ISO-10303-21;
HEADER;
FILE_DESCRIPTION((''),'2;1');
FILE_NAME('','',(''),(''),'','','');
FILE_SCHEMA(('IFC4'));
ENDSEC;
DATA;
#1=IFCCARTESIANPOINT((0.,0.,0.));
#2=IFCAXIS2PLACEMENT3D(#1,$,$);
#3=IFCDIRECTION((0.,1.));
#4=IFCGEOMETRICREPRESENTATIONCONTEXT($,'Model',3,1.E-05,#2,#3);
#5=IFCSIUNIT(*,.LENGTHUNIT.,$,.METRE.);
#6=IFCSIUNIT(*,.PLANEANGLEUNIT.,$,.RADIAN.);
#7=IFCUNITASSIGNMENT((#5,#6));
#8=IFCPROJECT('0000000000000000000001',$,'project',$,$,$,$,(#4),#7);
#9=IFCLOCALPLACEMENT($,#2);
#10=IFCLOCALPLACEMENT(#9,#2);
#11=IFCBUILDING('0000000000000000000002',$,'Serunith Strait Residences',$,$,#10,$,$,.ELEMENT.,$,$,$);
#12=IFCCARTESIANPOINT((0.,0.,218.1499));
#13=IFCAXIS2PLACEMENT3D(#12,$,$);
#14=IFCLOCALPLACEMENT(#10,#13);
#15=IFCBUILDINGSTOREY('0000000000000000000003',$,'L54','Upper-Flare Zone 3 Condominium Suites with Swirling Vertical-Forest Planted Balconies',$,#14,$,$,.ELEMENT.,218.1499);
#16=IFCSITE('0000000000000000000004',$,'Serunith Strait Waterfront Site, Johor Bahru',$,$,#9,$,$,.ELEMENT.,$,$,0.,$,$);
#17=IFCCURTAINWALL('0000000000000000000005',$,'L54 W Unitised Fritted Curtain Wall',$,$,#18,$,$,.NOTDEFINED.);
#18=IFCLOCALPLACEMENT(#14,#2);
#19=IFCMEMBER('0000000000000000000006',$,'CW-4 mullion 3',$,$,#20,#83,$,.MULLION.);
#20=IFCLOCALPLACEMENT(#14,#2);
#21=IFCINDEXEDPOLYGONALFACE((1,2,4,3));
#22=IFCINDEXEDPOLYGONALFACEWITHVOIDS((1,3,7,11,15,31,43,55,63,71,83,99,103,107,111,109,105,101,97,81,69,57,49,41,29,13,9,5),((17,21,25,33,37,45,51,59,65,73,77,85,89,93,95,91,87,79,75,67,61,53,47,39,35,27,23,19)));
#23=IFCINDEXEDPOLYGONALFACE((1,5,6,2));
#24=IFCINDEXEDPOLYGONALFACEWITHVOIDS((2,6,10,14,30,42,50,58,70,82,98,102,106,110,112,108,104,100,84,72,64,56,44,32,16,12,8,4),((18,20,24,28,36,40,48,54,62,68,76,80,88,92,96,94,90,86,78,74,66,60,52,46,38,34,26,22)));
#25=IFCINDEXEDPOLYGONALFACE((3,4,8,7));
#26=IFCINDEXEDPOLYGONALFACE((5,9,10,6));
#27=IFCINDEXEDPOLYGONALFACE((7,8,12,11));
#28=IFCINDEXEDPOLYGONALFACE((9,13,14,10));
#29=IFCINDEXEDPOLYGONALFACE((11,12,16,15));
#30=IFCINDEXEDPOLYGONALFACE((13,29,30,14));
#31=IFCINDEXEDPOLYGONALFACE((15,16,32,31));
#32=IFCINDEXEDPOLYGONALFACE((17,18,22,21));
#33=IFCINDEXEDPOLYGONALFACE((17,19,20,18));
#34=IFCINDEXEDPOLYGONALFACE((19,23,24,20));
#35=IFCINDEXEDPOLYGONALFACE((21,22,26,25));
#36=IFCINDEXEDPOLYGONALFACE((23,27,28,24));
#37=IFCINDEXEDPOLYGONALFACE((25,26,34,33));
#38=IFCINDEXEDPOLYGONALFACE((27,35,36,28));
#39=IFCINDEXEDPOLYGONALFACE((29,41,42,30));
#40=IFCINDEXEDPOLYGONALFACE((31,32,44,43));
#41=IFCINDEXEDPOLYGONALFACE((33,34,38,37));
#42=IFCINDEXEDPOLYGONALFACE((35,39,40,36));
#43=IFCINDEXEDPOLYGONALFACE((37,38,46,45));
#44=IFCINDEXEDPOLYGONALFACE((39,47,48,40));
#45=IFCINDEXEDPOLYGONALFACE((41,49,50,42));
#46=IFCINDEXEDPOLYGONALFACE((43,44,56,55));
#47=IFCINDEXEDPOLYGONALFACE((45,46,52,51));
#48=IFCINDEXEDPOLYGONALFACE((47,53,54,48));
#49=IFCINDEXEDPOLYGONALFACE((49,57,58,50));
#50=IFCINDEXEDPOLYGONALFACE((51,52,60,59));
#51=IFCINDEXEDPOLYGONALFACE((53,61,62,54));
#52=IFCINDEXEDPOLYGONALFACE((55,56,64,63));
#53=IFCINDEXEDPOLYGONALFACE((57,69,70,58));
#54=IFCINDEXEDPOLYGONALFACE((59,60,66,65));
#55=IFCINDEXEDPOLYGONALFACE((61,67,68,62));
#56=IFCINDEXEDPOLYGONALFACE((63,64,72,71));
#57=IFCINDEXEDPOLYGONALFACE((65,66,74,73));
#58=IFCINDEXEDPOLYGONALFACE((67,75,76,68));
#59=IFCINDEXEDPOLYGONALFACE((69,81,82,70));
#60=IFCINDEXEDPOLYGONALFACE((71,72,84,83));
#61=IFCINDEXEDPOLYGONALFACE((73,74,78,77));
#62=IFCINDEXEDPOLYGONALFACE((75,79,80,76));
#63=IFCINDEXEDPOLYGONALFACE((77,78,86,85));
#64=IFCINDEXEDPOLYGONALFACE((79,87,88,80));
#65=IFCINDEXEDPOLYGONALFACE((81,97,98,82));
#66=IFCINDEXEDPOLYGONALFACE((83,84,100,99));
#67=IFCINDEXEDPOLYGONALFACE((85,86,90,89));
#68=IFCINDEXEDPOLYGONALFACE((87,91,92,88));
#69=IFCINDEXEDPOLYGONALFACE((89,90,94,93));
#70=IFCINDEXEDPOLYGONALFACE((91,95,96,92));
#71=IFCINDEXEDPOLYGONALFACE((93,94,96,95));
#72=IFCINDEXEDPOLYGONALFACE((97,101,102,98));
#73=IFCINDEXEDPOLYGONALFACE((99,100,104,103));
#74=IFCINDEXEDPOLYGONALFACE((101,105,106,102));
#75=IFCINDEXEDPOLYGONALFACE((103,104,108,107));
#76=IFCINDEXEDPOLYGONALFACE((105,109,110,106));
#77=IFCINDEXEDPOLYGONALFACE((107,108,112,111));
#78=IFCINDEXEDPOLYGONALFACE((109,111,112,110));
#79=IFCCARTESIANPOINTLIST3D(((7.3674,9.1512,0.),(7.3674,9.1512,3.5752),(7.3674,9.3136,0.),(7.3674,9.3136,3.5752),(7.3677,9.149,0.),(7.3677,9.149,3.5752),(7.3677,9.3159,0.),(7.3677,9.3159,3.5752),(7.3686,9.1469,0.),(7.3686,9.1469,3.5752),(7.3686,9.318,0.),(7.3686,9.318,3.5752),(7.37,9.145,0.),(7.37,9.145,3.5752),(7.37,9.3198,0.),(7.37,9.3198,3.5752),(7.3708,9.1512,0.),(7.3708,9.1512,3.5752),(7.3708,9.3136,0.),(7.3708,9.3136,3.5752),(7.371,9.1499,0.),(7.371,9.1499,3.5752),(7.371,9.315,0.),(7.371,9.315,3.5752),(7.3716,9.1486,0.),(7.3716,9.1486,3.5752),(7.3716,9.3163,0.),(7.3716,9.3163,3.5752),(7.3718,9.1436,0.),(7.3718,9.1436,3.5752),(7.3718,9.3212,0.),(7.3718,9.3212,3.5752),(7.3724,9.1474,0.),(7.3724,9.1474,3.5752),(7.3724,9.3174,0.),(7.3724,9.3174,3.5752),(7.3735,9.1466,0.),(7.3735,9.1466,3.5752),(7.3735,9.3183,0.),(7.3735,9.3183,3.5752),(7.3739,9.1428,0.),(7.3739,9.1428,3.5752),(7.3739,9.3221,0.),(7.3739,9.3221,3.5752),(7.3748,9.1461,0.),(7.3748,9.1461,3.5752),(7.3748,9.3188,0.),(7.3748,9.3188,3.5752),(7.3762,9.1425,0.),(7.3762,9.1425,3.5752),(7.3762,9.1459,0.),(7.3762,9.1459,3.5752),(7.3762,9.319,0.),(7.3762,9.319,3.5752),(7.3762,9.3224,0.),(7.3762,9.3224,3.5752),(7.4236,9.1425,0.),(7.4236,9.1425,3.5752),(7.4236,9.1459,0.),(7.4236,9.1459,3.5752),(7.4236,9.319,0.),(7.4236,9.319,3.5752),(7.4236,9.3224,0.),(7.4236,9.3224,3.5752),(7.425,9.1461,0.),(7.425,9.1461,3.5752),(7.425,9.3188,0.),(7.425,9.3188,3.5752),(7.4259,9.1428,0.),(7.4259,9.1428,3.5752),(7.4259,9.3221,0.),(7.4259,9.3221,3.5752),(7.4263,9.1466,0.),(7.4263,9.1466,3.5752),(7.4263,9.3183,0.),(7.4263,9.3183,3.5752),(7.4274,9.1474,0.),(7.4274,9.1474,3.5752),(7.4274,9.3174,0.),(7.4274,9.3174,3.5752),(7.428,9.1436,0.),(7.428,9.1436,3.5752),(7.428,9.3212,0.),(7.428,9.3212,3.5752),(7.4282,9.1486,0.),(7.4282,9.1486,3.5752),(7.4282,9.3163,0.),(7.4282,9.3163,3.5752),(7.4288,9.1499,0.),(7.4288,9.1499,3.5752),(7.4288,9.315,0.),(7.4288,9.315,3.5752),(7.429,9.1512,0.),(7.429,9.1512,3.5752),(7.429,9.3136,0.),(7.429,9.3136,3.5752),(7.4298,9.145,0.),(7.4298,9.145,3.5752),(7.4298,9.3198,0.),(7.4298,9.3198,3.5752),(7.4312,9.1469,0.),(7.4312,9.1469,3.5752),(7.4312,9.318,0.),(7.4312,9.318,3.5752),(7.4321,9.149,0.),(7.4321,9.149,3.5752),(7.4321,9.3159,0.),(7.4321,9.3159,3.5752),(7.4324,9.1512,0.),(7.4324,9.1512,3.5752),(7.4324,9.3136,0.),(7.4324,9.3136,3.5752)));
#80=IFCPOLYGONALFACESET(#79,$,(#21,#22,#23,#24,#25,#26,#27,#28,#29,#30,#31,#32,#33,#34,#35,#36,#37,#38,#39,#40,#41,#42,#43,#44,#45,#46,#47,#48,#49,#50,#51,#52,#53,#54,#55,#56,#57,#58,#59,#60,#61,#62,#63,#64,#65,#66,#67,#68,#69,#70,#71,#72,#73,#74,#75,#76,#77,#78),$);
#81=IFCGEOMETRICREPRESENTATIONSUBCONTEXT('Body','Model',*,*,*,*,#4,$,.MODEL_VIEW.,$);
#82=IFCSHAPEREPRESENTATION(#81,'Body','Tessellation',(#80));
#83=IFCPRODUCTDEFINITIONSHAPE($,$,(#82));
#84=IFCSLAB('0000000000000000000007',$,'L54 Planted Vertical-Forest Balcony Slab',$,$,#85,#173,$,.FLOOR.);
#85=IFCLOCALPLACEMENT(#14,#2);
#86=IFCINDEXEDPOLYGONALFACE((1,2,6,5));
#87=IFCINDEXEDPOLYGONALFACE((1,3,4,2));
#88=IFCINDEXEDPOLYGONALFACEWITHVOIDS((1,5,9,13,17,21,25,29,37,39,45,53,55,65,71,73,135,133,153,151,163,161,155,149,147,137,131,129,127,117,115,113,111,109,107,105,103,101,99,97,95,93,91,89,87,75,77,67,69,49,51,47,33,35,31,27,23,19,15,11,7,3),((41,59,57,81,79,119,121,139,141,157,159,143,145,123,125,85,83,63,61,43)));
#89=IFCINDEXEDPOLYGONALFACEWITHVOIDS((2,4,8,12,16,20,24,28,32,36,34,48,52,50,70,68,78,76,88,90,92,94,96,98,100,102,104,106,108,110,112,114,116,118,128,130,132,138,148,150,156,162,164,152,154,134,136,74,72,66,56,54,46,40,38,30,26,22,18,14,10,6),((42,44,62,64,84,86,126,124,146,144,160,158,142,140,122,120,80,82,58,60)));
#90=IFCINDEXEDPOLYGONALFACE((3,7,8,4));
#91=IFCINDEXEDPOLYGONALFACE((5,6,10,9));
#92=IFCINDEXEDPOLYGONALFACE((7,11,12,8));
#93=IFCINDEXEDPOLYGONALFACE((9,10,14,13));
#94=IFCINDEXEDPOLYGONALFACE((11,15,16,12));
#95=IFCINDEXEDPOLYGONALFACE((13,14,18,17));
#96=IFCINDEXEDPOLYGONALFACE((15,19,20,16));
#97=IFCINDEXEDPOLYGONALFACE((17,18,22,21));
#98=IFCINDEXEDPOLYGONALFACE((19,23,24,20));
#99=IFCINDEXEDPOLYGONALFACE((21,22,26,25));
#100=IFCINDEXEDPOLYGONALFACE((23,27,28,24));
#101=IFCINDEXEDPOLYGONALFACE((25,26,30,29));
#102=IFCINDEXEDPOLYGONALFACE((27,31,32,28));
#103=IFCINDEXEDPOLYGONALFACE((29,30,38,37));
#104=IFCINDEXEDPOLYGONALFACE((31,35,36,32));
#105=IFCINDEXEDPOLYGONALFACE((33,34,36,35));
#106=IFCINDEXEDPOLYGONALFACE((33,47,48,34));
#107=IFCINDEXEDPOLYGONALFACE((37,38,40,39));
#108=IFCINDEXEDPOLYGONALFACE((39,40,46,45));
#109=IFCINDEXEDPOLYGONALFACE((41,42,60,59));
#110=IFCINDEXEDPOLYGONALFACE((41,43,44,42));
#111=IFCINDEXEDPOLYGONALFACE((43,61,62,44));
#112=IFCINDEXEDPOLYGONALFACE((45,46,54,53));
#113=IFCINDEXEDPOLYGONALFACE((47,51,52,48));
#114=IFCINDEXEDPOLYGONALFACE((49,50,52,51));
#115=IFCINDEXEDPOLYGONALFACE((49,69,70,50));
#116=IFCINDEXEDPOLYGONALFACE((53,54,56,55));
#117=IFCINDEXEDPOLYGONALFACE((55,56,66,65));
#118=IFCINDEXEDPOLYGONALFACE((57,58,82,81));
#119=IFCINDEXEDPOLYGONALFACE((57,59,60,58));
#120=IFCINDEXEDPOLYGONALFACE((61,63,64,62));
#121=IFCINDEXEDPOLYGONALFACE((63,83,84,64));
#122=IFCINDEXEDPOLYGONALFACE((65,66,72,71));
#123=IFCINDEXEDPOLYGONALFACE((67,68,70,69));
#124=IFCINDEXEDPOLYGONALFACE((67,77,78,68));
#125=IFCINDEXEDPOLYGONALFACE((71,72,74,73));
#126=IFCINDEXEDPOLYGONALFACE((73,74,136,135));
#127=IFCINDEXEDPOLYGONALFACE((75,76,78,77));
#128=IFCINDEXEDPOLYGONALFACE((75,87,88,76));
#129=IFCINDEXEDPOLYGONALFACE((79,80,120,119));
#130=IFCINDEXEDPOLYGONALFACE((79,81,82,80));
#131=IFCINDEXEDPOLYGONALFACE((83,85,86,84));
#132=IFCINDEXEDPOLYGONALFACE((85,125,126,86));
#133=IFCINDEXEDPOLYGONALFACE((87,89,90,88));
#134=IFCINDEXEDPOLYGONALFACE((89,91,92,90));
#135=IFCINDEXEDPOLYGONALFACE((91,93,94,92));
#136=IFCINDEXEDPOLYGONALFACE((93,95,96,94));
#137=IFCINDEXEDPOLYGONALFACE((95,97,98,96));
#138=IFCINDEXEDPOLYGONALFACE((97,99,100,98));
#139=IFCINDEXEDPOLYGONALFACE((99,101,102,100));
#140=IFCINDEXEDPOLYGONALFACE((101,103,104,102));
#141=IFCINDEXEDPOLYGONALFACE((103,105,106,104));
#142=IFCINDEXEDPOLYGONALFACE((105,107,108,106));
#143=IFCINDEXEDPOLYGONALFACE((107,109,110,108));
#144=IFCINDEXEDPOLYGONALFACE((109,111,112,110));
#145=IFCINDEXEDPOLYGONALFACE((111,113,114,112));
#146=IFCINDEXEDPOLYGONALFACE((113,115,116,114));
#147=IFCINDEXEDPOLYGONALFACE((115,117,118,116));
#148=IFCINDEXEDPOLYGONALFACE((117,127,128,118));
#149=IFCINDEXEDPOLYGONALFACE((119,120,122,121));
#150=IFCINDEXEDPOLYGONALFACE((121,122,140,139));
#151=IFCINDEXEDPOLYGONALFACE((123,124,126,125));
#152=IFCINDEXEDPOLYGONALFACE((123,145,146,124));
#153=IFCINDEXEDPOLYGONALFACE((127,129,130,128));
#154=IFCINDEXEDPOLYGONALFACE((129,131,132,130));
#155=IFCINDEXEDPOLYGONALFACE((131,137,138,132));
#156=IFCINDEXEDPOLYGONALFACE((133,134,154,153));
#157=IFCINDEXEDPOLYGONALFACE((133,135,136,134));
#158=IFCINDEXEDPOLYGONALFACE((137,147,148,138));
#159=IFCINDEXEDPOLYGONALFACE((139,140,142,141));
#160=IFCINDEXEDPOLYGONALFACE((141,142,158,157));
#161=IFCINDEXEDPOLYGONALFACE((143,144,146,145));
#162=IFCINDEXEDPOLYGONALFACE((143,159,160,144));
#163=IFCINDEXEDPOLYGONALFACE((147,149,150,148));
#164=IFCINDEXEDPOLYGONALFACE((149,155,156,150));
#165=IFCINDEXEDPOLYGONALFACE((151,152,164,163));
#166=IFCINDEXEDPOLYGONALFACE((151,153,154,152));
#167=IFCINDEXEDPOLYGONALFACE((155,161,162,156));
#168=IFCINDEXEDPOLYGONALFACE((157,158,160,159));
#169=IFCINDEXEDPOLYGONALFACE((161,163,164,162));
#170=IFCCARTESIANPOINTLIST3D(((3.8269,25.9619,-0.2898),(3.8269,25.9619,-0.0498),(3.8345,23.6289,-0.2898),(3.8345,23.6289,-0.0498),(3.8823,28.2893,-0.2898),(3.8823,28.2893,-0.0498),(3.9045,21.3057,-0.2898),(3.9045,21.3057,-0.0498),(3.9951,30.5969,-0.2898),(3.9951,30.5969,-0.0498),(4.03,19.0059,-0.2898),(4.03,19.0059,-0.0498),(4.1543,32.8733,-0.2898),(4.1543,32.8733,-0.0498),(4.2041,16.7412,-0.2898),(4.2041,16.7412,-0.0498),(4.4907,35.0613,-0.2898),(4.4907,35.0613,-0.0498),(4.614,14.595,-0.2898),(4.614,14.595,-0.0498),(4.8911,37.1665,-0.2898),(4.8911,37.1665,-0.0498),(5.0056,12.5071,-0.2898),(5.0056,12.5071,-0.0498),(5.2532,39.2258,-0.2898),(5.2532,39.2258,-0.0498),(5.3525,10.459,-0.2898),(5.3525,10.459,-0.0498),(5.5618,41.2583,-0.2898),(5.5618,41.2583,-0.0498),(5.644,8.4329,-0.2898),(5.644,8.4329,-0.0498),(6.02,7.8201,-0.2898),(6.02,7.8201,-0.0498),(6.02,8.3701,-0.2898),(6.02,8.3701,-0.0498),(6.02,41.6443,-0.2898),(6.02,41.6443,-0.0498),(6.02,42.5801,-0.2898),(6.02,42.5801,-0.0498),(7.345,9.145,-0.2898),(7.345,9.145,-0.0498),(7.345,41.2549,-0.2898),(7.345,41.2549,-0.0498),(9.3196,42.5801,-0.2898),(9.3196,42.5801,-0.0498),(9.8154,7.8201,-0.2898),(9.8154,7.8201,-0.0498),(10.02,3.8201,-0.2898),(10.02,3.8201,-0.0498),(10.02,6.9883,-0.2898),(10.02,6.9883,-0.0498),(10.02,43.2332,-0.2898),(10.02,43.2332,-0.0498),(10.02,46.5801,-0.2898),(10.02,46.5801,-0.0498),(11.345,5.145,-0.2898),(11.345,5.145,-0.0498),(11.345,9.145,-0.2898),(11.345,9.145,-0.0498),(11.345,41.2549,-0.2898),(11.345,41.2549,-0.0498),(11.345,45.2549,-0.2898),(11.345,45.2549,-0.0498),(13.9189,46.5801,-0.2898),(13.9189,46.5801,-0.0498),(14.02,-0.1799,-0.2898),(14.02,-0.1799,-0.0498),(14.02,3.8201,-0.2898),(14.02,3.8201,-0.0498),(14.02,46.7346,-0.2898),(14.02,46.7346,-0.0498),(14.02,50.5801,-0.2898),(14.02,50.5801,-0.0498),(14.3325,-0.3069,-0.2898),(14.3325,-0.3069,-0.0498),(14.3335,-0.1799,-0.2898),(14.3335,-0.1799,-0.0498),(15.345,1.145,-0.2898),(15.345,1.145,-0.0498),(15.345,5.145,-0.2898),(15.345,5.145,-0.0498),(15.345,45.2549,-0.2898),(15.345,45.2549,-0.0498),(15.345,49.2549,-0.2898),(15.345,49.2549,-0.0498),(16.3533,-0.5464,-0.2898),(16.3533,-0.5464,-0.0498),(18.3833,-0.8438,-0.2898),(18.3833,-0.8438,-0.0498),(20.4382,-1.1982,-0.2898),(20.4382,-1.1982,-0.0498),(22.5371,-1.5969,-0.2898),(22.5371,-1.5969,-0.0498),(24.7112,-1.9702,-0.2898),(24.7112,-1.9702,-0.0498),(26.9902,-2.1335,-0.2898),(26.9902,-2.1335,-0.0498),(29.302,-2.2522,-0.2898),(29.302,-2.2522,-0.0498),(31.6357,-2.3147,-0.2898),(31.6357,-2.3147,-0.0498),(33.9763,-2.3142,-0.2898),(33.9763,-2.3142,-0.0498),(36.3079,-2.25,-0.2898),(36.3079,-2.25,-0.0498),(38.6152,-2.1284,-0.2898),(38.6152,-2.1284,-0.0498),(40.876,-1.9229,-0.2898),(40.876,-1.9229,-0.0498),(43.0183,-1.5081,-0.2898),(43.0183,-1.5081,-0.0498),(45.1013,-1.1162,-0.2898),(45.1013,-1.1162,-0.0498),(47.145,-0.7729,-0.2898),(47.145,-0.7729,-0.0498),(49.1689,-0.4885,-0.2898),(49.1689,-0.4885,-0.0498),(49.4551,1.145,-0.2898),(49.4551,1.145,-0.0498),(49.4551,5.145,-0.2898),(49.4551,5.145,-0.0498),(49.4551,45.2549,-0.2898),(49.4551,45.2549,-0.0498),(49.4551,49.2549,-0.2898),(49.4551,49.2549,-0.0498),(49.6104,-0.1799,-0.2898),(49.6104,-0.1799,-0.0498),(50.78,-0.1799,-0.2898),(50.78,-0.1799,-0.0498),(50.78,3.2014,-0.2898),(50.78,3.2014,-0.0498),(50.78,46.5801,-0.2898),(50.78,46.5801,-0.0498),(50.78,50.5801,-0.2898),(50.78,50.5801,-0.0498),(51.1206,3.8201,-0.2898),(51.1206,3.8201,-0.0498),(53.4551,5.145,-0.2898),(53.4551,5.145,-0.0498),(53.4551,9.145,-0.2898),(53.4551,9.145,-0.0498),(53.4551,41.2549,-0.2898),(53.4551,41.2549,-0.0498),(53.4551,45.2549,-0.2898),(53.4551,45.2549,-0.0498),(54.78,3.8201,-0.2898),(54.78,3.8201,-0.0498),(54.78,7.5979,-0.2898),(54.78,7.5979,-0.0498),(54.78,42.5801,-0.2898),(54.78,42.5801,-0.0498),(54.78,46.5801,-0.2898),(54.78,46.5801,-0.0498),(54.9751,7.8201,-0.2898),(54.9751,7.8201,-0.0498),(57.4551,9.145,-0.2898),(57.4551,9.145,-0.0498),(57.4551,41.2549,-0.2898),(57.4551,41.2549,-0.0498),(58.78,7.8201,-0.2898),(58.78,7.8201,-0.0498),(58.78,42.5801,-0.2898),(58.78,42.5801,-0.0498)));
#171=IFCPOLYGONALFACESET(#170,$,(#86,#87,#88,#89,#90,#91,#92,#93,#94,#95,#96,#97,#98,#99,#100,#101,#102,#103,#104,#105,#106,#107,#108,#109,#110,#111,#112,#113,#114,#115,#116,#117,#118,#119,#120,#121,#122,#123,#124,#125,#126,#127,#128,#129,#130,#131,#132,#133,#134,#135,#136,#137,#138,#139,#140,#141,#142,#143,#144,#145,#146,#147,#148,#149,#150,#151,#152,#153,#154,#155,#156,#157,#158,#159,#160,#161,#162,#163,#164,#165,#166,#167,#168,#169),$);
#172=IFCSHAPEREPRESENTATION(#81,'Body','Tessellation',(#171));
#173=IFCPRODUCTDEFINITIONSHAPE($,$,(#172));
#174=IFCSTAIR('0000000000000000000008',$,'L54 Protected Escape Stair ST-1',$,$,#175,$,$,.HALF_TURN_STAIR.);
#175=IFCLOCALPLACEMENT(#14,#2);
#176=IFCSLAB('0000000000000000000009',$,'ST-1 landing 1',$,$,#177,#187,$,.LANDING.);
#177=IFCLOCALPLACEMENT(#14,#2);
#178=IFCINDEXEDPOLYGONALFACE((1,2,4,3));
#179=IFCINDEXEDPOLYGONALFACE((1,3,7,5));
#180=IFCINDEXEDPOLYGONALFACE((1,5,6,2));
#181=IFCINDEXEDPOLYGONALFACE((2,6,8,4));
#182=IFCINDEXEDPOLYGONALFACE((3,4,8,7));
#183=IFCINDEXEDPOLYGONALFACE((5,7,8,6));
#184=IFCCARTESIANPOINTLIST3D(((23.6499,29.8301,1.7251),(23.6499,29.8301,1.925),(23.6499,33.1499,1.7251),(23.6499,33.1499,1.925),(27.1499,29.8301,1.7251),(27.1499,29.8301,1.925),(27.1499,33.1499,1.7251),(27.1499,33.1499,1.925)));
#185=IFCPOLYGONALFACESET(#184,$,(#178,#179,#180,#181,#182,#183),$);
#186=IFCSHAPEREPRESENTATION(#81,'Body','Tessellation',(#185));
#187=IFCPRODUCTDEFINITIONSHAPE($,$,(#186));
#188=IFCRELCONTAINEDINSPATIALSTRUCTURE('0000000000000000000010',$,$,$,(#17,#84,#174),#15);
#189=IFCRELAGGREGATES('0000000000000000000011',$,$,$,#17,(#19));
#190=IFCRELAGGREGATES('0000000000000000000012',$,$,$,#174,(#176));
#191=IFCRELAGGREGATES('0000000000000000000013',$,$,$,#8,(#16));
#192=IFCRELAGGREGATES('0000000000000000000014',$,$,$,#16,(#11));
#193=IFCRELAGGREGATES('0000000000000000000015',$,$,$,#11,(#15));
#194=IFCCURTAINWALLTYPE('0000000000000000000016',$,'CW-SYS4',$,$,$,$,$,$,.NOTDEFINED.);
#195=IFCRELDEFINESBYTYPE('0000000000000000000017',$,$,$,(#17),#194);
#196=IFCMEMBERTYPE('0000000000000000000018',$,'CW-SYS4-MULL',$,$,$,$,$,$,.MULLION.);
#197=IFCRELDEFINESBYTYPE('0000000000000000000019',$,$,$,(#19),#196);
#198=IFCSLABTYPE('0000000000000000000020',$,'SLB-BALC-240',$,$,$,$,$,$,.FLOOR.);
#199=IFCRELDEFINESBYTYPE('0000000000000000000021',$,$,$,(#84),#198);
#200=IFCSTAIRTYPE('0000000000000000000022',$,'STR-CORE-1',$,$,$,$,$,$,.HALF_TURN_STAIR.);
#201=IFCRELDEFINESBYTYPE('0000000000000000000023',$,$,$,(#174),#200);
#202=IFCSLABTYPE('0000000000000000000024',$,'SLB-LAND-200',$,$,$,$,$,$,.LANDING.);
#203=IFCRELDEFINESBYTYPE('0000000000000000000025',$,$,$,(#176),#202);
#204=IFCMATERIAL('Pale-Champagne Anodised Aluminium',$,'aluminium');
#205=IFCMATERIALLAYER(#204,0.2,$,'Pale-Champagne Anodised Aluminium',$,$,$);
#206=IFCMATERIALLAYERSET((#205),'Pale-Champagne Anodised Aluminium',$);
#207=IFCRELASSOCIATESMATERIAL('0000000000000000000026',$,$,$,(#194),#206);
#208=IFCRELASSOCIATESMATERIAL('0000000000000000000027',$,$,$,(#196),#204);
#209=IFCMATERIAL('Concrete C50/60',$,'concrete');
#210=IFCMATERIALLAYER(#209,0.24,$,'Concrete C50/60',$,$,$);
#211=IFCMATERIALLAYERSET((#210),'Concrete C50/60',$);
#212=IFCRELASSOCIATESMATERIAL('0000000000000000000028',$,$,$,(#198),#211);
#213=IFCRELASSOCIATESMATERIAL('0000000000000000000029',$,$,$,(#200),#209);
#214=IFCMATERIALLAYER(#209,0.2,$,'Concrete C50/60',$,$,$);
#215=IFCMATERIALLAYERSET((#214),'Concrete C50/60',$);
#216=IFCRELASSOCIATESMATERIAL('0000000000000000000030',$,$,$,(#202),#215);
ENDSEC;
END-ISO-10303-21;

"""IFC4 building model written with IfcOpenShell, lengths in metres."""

from ifc_helpers import new_model, si_unit, direction, frame, origin, origin_2d, place, context, subcontext, project, spatial, polyline, hollow_rectangle, outline, extrude, source, transform, mapped, material, layer, layer_set, material_profile, profile_set, type_object, element, aggregate, save


model = new_model("IFC4")

# Units and contexts
model_context = context("Model", 3, precision=1e-05, world=origin(), true_north=direction((0.0, 1.0)))
body_context = subcontext(model_context, "Body", "Model", "MODEL_VIEW")
ifc_project = project(units=[si_unit("LENGTHUNIT", "METRE"), si_unit("PLANEANGLEUNIT", "RADIAN")], contexts=[model_context])

# Site, building, storey
site_placement = place(None, origin())
site = spatial("IfcSite", under=ifc_project, at=site_placement, Name="Serunith Strait Waterfront Site, Johor Bahru", CompositionType="ELEMENT", RefElevation=0.0)
building_placement = place(site_placement, origin())
building = spatial("IfcBuilding", under=site, at=building_placement, Name="Serunith Strait Residences", CompositionType="ELEMENT")
storey_placement = place(building_placement, frame((0.0, 0.0, 218.1499)))
storey = spatial("IfcBuildingStorey", under=building, at=storey_placement, Name="L54", Description="Upper-Flare Zone 3 Condominium Suites with Swirling Vertical-Forest Planted Balconies", CompositionType="ELEMENT", Elevation=218.1499)

# Shared definitions
ifc_material_1 = material(Name="Pale-Champagne Anodised Aluminium", Category="aluminium")
ifc_layer_1 = layer(ifc_material_1, 0.2, Name="Pale-Champagne Anodised Aluminium")
ifc_layer_set_1 = layer_set([ifc_layer_1], Name="Pale-Champagne Anodised Aluminium")
curtain_wall_type = type_object("IfcCurtainWallType", Name="CW-SYS4", PredefinedType="NOTDEFINED", material=ifc_layer_set_1)
ifc_material_profile_1 = material_profile(ifc_material_1, hollow_rectangle(XDim=0.0649, YDim=0.1799, WallThickness=0.0034, InnerFilletRadius=0.0054, OuterFilletRadius=0.0088, at=origin_2d()), Name="ALU 180x65x3.5")
ifc_profile_set_1 = profile_set([ifc_material_profile_1], Name="Pale-Champagne Anodised Aluminium")
member_type_1 = type_object("IfcMemberType", Name="CW-SYS4-MULL", PredefinedType="MULLION", material=ifc_profile_set_1)
shared_shape_1 = source(origin(), body_context, "Body", "SweptSolid", [
    extrude(hollow_rectangle(XDim=0.0649, YDim=0.1799, WallThickness=0.0034, InnerFilletRadius=0.0054, OuterFilletRadius=0.0088, at=origin_2d()), origin(), (0.0, 0.0, 1.0), 3.5752),
])

# Curtain wall, member
curtain_wall_1_placement = place(storey_placement, origin())
curtain_wall_1 = element("IfcCurtainWall", 1, at=curtain_wall_1_placement, inside=storey, type_object=curtain_wall_type, Name="L54 W Unitised Fritted Curtain Wall", PredefinedType="NOTDEFINED")
member_1_placement = place(storey_placement, frame((7.3999, 9.2324, 0.0), z_axis=(0.0, 0.0, 1.0), x_axis=(1.0, 0.0, 0.0)))
member_1 = element("IfcMember", 2, at=member_1_placement, type_object=member_type_1, Name="CW-4 mullion 3", PredefinedType="MULLION", context=body_context, shape_type="MappedRepresentation", body=[
    mapped(shared_shape_1, transform((0.0, 0.0, 0.0), scale=1.0)),
])
aggregate(curtain_wall_1, [member_1])

# Slab
ifc_material_2 = material(Name="Concrete C50/60", Category="concrete")
ifc_layer_2 = layer(ifc_material_2, 0.24, Name="Concrete C50/60")
ifc_layer_set_2 = layer_set([ifc_layer_2], Name="Concrete C50/60")
slab_type_1 = type_object("IfcSlabType", Name="SLB-BALC-240", PredefinedType="FLOOR", material=ifc_layer_set_2)
slab_1_placement = place(storey_placement, frame((0.0, 0.0, -0.2898)))
element("IfcSlab", 3, at=slab_1_placement, inside=storey, type_object=slab_type_1, Name="L54 Planted Vertical-Forest Balcony Slab", PredefinedType="FLOOR", context=body_context, shape_type="SweptSolid", body=[
    extrude(outline(polyline([(14.02, -0.1799), (14.02, 3.8201), (10.02, 3.8201), (10.02, 6.9883), (9.8154, 7.8201), (6.02, 7.8201), (6.02, 8.3701), (5.644, 8.4329), (5.3525, 10.459), (5.0056, 12.5071), (4.614, 14.595), (4.2041, 16.7412), (4.03, 19.0059), (3.9045, 21.3057), (3.8345, 23.6289), (3.8269, 25.9619), (3.8823, 28.2893), (3.9951, 30.5969), (4.1543, 32.8733), (4.4907, 35.0613), (4.8911, 37.1665), (5.2532, 39.2258), (5.5618, 41.2583), (6.02, 41.6443), (6.02, 42.5801), (9.3196, 42.5801), (10.02, 43.2332), (10.02, 46.5801), (13.9189, 46.5801), (14.02, 46.7346), (14.02, 50.5801), (50.78, 50.5801), (50.78, 46.5801), (54.78, 46.5801), (54.78, 42.5801), (58.78, 42.5801), (58.78, 7.8201), (54.9751, 7.8201), (54.78, 7.5979), (54.78, 3.8201), (51.1206, 3.8201), (50.78, 3.2014), (50.78, -0.1799), (49.6104, -0.1799), (49.1689, -0.4885), (47.145, -0.7729), (45.1013, -1.1162), (43.0183, -1.5081), (40.876, -1.9229), (38.6152, -2.1284), (36.3079, -2.25), (33.9763, -2.3142), (31.6357, -2.3147), (29.302, -2.2522), (26.9902, -2.1335), (24.7112, -1.9702), (22.5371, -1.5969), (20.4382, -1.1982), (18.3833, -0.8438), (16.3533, -0.5464), (14.3325, -0.3069), (14.3335, -0.1799), (14.02, -0.1799)]), holes=[polyline([(49.4551, 1.145), (49.4551, 5.145), (53.4551, 5.145), (53.4551, 9.145), (57.4551, 9.145), (57.4551, 41.2549), (53.4551, 41.2549), (53.4551, 45.2549), (49.4551, 45.2549), (49.4551, 49.2549), (15.345, 49.2549), (15.345, 45.2549), (11.345, 45.2549), (11.345, 41.2549), (7.345, 41.2549), (7.345, 9.145), (11.345, 9.145), (11.345, 5.145), (15.345, 5.145), (15.345, 1.145), (49.4551, 1.145)])]), origin(), (0.0, 0.0, 1.0), 0.24),
])

# Stair, slab
stair_type_1 = type_object("IfcStairType", Name="STR-CORE-1", PredefinedType="HALF_TURN_STAIR", material=ifc_material_2)
stair_1_placement = place(storey_placement, origin())
stair_1 = element("IfcStair", 4, at=stair_1_placement, inside=storey, type_object=stair_type_1, Name="L54 Protected Escape Stair ST-1", PredefinedType="HALF_TURN_STAIR")
ifc_layer_3 = layer(ifc_material_2, 0.2, Name="Concrete C50/60")
ifc_layer_set_3 = layer_set([ifc_layer_3], Name="Concrete C50/60")
slab_type_2 = type_object("IfcSlabType", Name="SLB-LAND-200", PredefinedType="LANDING", material=ifc_layer_set_3)
slab_2_placement = place(storey_placement, frame((0.0, 0.0, 1.7251)))
slab_2 = element("IfcSlab", 5, at=slab_2_placement, type_object=slab_type_2, Name="ST-1 landing 1", PredefinedType="LANDING", context=body_context, shape_type="SweptSolid", body=[
    extrude(outline(polyline([(27.1499, 29.8301), (27.1499, 33.1499), (23.6499, 33.1499), (23.6499, 29.8301), (27.1499, 29.8301)])), origin(), (0.0, 0.0, 1.0), 0.2),
])
aggregate(stair_1, [slab_2])

save(model, "model.ifc")
